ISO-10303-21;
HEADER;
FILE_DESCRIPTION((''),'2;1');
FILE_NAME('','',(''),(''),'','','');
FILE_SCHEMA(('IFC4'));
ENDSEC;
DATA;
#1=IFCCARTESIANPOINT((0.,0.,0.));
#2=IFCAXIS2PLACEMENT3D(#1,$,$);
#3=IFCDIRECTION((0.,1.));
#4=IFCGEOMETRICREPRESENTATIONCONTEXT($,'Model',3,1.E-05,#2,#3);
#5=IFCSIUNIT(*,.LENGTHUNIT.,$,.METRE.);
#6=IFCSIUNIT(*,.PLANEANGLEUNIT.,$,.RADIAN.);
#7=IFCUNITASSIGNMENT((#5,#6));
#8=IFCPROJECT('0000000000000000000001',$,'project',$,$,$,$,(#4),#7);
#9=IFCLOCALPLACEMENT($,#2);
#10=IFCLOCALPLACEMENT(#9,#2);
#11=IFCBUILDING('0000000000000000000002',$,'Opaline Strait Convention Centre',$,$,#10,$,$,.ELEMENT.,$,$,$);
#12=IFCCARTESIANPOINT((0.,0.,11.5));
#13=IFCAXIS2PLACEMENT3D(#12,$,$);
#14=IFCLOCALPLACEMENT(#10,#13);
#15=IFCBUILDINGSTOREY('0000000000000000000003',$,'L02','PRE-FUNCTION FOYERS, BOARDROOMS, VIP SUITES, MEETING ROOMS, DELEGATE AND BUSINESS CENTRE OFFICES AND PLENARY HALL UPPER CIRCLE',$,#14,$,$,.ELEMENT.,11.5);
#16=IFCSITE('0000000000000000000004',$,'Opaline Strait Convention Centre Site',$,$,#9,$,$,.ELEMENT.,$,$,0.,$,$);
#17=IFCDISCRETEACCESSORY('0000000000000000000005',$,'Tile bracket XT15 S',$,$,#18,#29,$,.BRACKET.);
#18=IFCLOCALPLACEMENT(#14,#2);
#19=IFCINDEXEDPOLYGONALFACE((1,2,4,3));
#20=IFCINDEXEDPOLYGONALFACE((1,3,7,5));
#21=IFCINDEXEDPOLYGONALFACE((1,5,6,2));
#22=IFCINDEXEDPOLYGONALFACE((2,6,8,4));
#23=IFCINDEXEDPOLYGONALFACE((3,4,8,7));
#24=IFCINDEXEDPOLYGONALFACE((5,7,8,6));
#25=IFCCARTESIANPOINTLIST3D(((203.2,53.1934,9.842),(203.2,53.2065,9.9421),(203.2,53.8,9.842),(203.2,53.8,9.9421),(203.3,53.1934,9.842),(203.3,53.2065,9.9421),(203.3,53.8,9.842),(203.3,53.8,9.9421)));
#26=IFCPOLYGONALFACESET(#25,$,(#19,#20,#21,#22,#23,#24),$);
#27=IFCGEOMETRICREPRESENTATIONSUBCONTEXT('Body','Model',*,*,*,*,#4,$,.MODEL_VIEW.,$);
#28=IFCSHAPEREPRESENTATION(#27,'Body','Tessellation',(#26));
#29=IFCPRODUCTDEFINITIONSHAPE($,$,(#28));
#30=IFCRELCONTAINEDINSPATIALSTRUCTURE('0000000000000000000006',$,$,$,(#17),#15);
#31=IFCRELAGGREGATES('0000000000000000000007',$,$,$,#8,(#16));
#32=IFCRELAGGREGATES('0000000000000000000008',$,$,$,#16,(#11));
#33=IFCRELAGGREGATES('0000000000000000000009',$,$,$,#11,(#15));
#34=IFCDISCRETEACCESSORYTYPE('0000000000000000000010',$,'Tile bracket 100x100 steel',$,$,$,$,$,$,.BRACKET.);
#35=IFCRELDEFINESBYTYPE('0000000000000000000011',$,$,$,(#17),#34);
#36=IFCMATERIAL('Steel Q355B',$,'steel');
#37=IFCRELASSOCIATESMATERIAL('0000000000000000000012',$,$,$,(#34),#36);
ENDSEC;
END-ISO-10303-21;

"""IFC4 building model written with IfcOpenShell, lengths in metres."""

from ifc_helpers import new_model, si_unit, direction, frame, origin, place, context, subcontext, project, spatial, polyline, outline, extrude, material, type_object, element, save


model = new_model("IFC4")

# Units and contexts
model_context = context("Model", 3, precision=1e-05, world=origin(), true_north=direction((0.0, 1.0)))
body_context = subcontext(model_context, "Body", "Model", "MODEL_VIEW")
ifc_project = project(units=[si_unit("LENGTHUNIT", "METRE"), si_unit("PLANEANGLEUNIT", "RADIAN")], contexts=[model_context])

# Site, building, storey
site_placement = place(None, origin())
site = spatial("IfcSite", under=ifc_project, at=site_placement, Name="Opaline Strait Convention Centre Site", CompositionType="ELEMENT", RefElevation=0.0)
building_placement = place(site_placement, origin())
building = spatial("IfcBuilding", under=site, at=building_placement, Name="Opaline Strait Convention Centre", CompositionType="ELEMENT")
storey_placement = place(building_placement, frame((0.0, 0.0, 11.5)))
storey = spatial("IfcBuildingStorey", under=building, at=storey_placement, Name="L02", Description="PRE-FUNCTION FOYERS, BOARDROOMS, VIP SUITES, MEETING ROOMS, DELEGATE AND BUSINESS CENTRE OFFICES AND PLENARY HALL UPPER CIRCLE", CompositionType="ELEMENT", Elevation=11.5)

# Shared definitions
ifc_material_1 = material(Name="Steel Q355B", Category="steel")

# Discrete accessory
discrete_accessory_type = type_object("IfcDiscreteAccessoryType", Name="Tile bracket 100x100 steel", PredefinedType="BRACKET", material=ifc_material_1)
for number, where, z_axis, x_axis, name in (
    (1, (203.2, 53.8, 9.8921), (1.0, 0.0, 0.0), (0.0, 1.0, 0.0), "Tile bracket XT15 S"),
):
    element("IfcDiscreteAccessory", number, at=place(storey_placement, frame(where, z_axis=z_axis, x_axis=x_axis)), inside=storey, type_object=discrete_accessory_type, Name=name, PredefinedType="BRACKET", context=body_context, shape_type="SweptSolid", body=[
        extrude(outline(polyline([(0.0, -0.05), (0.0, 0.05), (-0.5935, 0.05), (-0.6067, -0.05), (0.0, -0.05)])), origin(), (0.0, 0.0, 1.0), 0.1001),
    ])

save(model, "model.ifc")
